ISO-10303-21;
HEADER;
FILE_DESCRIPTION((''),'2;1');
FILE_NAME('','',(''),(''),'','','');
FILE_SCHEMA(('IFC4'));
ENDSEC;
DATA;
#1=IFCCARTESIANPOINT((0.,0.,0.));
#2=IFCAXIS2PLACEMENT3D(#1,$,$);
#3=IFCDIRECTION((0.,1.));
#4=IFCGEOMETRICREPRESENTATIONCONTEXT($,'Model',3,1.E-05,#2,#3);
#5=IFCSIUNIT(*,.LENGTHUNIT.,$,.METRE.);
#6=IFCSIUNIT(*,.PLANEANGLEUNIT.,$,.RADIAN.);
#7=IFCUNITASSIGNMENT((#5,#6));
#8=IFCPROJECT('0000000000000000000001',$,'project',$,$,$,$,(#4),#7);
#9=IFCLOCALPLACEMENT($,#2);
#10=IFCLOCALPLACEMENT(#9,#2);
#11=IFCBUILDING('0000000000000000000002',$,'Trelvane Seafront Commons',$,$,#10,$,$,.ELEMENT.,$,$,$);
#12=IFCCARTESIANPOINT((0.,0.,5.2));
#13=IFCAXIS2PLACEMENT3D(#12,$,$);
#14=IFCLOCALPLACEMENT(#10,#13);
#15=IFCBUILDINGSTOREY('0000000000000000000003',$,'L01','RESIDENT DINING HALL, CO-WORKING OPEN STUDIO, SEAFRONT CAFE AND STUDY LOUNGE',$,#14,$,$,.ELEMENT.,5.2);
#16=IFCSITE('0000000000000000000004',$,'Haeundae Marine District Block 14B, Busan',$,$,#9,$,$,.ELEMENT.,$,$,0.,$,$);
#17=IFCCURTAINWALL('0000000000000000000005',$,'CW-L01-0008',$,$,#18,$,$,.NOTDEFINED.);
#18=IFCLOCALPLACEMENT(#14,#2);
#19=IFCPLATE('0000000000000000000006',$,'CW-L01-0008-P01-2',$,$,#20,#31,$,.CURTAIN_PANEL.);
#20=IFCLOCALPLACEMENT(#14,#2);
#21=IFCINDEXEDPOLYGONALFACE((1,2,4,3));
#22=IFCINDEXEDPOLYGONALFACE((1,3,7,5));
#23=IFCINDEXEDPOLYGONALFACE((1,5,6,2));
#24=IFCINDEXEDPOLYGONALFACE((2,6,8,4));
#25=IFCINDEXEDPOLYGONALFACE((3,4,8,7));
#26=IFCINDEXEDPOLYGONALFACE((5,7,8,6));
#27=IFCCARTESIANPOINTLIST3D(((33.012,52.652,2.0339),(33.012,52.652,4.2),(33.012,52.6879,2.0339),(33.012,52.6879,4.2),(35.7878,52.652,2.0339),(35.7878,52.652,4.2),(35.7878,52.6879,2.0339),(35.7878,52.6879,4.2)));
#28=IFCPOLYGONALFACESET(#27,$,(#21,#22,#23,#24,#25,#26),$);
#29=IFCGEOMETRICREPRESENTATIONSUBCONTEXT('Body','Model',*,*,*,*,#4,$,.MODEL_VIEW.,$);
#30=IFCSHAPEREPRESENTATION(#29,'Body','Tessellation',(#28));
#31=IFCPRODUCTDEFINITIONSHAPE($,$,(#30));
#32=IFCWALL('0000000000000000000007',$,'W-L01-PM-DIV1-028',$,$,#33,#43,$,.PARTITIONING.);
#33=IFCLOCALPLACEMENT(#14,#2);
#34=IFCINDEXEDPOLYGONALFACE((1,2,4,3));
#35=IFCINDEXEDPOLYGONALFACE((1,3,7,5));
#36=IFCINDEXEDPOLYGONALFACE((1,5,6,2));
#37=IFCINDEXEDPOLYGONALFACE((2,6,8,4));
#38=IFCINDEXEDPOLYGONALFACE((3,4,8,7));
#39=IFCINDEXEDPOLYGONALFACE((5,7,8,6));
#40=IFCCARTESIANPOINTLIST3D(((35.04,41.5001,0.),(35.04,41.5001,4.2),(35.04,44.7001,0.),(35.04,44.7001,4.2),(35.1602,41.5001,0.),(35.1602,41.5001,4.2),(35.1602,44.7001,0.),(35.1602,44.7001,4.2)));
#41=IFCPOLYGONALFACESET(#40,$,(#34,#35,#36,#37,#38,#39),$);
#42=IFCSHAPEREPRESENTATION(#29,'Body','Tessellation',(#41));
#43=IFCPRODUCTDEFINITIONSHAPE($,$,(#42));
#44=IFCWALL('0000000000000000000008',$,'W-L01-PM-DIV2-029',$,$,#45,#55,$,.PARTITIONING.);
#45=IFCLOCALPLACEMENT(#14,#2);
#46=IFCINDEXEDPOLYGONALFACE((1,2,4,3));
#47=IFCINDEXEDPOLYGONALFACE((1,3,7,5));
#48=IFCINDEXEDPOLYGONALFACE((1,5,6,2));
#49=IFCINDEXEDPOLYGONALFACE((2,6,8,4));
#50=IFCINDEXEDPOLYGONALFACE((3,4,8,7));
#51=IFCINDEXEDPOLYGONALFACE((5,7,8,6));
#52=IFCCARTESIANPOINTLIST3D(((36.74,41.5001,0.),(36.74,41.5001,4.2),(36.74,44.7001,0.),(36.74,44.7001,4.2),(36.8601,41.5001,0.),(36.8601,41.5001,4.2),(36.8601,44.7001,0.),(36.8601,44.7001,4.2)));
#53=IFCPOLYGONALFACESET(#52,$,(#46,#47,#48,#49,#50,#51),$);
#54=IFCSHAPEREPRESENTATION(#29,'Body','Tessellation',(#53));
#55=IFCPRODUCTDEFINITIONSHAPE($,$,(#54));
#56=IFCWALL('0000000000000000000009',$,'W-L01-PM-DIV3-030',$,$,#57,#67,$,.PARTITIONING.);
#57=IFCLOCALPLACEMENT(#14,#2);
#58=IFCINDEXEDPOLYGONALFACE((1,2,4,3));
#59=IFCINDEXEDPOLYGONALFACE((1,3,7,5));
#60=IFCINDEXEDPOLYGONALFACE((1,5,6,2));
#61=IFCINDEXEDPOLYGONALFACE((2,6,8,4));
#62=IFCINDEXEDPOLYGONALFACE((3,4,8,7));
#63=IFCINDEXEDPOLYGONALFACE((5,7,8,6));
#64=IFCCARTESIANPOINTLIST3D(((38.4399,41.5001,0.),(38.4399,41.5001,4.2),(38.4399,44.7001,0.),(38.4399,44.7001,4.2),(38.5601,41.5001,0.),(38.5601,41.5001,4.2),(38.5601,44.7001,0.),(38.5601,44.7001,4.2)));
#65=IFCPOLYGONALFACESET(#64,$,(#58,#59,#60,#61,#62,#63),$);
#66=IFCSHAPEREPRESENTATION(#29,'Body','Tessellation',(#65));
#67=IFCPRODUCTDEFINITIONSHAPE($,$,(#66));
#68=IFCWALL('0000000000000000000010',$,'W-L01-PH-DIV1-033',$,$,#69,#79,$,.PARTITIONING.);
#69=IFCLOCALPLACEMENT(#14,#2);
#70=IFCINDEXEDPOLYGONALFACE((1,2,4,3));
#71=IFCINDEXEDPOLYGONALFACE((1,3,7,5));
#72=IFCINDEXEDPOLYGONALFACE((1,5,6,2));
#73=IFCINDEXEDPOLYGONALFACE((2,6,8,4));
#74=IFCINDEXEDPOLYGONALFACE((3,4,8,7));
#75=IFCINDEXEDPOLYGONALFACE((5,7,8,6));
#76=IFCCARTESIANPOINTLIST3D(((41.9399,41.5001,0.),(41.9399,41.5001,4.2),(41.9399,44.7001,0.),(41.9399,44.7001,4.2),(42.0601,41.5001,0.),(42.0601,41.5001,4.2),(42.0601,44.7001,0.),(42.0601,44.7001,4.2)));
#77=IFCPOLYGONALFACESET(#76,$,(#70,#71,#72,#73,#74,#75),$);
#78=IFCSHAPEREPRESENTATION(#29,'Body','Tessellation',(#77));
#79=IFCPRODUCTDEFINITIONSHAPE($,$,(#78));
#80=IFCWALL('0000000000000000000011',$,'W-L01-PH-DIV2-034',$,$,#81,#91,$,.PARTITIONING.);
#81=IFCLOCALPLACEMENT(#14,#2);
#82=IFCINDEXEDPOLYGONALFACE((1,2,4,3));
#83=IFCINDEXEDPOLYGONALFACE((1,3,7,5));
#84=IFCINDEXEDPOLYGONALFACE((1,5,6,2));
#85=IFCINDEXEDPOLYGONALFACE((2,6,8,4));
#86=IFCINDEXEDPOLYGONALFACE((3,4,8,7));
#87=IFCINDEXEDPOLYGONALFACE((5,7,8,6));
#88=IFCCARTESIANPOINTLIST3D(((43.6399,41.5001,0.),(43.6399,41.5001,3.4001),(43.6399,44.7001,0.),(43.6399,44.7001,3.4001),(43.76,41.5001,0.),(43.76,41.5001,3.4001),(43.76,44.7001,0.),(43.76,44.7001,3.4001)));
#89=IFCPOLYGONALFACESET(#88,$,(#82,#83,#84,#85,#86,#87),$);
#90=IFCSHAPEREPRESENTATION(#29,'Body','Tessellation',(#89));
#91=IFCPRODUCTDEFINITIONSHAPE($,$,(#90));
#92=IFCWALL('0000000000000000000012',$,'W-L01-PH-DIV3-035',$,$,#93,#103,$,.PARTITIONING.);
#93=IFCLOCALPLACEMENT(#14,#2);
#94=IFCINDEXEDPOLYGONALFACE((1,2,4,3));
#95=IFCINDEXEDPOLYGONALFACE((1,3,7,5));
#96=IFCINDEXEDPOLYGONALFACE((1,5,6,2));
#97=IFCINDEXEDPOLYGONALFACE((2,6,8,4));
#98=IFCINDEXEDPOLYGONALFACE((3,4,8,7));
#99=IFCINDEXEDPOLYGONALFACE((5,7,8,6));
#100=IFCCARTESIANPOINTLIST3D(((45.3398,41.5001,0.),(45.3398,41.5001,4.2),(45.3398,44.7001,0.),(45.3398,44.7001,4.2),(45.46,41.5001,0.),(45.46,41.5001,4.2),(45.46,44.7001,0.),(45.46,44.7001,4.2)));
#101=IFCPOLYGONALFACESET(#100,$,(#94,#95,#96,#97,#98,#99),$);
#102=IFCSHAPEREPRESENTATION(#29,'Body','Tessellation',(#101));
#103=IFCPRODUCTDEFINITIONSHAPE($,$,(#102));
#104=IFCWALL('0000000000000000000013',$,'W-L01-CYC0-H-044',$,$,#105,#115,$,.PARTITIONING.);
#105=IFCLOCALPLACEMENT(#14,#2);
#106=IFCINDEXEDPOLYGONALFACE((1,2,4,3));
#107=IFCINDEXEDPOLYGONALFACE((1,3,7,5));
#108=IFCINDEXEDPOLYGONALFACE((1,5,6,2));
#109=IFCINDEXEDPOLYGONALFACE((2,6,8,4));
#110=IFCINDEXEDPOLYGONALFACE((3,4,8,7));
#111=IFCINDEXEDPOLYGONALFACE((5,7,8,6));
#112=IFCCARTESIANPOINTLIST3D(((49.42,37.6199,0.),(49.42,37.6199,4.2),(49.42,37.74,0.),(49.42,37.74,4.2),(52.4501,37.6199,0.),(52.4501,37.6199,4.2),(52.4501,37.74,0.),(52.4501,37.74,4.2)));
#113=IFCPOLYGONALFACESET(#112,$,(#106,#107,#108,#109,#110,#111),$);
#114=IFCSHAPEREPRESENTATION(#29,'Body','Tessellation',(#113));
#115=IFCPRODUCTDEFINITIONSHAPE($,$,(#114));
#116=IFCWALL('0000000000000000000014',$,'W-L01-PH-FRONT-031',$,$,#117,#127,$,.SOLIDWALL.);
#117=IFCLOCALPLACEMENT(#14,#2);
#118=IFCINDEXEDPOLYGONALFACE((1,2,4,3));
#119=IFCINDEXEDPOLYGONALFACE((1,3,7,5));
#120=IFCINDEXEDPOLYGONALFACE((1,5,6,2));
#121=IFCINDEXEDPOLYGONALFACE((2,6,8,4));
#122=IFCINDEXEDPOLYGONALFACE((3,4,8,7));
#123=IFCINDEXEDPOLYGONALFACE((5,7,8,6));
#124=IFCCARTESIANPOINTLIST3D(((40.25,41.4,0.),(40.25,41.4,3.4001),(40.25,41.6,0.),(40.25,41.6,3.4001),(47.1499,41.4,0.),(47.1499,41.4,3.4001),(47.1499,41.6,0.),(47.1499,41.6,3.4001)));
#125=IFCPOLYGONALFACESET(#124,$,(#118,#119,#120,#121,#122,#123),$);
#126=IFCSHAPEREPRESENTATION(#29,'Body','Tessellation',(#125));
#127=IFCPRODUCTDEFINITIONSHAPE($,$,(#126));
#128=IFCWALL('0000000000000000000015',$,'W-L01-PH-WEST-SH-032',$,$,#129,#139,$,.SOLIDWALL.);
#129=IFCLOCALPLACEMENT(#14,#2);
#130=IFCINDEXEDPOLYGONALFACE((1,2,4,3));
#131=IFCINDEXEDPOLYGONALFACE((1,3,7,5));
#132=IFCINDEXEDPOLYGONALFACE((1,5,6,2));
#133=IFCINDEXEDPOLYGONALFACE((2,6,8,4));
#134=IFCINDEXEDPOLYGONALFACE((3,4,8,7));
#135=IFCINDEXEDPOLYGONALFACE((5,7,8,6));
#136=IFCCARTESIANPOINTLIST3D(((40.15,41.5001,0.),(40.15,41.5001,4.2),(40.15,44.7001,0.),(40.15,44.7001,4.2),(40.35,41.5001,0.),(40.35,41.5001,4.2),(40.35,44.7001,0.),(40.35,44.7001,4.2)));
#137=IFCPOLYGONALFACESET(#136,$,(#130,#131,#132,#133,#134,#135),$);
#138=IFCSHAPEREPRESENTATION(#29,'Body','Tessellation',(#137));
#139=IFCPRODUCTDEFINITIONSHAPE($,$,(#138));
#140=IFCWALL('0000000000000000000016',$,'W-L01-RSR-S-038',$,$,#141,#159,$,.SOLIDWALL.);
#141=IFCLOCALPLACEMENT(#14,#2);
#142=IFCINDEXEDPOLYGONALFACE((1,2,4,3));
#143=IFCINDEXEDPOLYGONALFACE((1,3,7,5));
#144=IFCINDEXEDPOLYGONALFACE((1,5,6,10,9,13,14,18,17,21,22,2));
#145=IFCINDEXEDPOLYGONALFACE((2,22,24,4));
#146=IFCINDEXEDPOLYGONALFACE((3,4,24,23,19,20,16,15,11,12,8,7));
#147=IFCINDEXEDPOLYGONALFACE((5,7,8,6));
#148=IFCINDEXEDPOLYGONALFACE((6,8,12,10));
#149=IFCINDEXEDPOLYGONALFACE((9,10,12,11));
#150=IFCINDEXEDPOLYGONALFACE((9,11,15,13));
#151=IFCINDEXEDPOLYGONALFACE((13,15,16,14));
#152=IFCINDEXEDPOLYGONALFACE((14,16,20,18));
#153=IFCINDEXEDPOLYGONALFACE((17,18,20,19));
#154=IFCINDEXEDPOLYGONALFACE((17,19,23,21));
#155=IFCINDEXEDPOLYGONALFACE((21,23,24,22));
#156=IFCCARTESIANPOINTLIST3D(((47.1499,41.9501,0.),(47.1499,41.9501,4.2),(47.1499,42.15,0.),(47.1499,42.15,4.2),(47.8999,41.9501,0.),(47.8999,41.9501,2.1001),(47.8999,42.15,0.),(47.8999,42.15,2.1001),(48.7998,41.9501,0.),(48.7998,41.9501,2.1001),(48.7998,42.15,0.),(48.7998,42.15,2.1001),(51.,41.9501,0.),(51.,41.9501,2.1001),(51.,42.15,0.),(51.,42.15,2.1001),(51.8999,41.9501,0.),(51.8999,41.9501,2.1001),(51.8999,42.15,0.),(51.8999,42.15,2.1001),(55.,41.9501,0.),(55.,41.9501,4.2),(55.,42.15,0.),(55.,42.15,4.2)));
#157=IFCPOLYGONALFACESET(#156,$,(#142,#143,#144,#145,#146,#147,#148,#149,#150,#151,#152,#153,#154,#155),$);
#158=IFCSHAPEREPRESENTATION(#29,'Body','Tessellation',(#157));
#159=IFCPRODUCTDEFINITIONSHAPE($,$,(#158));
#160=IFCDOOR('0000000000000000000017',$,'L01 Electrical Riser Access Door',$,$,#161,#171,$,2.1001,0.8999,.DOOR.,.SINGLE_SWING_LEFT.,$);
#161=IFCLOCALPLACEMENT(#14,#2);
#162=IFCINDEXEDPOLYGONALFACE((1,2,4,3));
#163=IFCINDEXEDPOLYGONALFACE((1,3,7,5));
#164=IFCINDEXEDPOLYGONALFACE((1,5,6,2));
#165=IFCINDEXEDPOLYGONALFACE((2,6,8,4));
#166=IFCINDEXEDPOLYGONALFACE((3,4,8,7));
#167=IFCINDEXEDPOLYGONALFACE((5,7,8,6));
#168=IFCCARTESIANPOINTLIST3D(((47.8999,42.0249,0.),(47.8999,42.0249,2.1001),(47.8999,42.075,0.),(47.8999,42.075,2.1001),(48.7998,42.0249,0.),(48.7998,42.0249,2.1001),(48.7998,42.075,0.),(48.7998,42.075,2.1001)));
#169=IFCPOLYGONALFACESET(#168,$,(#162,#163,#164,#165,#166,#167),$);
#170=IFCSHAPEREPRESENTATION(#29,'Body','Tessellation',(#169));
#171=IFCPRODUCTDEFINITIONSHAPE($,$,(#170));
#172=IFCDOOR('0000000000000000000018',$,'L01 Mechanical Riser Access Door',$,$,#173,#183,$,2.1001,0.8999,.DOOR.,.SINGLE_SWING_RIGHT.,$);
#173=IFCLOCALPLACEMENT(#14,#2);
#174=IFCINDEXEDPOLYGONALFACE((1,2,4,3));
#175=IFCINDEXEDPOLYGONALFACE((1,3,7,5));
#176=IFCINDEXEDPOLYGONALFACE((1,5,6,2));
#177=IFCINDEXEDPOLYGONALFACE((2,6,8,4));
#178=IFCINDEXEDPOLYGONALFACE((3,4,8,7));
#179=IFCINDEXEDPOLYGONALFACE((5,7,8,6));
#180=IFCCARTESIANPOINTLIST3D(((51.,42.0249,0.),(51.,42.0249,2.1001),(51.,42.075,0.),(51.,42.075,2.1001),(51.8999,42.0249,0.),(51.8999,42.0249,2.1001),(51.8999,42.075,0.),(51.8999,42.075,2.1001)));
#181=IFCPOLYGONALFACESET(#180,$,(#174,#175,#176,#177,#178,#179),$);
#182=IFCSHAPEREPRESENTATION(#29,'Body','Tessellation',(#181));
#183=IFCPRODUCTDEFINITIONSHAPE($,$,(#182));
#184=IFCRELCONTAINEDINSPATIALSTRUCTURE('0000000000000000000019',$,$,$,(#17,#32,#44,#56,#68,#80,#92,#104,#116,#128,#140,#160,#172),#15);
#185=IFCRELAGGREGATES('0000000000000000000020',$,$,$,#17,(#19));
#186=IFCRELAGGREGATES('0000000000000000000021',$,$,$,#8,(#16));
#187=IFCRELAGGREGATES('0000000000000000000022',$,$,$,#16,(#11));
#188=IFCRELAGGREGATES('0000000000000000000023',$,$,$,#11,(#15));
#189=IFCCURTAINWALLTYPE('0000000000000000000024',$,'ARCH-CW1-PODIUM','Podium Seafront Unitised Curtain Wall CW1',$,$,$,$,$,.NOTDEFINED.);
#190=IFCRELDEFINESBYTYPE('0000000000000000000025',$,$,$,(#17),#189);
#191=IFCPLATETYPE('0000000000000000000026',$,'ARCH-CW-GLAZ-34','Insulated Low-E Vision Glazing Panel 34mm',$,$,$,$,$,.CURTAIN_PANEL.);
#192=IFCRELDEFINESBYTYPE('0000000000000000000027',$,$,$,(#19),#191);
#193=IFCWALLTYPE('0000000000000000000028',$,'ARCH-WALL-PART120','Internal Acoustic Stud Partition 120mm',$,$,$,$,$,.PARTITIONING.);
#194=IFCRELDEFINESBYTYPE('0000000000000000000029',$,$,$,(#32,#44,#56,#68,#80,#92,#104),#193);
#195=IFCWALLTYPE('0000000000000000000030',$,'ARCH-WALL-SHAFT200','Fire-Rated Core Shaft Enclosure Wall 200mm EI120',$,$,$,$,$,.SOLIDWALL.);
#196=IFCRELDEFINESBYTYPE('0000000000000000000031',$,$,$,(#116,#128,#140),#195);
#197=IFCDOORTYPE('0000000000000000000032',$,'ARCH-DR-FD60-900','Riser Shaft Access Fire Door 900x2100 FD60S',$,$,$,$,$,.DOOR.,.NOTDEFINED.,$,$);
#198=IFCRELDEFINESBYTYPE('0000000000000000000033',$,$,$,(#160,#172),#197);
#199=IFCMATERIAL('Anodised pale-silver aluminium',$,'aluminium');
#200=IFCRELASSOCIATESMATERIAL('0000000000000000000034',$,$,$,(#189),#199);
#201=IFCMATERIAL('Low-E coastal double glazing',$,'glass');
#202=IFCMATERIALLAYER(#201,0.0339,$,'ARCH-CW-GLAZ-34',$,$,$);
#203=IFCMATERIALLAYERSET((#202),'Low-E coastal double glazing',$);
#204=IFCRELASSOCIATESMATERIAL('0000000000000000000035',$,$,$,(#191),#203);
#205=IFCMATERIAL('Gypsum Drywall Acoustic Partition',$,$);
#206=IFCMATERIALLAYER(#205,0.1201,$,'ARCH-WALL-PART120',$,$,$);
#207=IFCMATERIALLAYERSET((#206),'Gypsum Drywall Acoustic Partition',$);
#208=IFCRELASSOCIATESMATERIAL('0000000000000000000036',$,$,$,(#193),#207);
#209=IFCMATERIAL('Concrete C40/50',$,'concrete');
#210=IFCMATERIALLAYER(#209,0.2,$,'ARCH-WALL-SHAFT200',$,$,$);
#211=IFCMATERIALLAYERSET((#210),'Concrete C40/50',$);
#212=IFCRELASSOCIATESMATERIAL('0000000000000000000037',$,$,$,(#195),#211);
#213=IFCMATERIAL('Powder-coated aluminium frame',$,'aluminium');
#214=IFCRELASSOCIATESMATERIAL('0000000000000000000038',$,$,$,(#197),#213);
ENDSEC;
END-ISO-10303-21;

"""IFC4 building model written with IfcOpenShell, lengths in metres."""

from ifc_helpers import new_model, si_unit, direction, frame, frame_2d, origin, origin_2d, place, context, subcontext, project, spatial, rectangle, extrude, source, transform, mapped, material, layer, layer_set, type_object, element, fill, aggregate, save


model = new_model("IFC4")

# Units and contexts
model_context = context("Model", 3, precision=1e-05, world=origin(), true_north=direction((0.0, 1.0)))
body_context = subcontext(model_context, "Body", "Model", "MODEL_VIEW")
ifc_project = project(units=[si_unit("LENGTHUNIT", "METRE"), si_unit("PLANEANGLEUNIT", "RADIAN")], contexts=[model_context])

# Site, building, storey
site_placement = place(None, origin())
site = spatial("IfcSite", under=ifc_project, at=site_placement, Name="Haeundae Marine District Block 14B, Busan", CompositionType="ELEMENT", RefElevation=0.0)
building_placement = place(site_placement, origin())
building = spatial("IfcBuilding", under=site, at=building_placement, Name="Trelvane Seafront Commons", CompositionType="ELEMENT")
storey_placement = place(building_placement, frame((0.0, 0.0, 5.2)))
storey = spatial("IfcBuildingStorey", under=building, at=storey_placement, Name="L01", Description="RESIDENT DINING HALL, CO-WORKING OPEN STUDIO, SEAFRONT CAFE AND STUDY LOUNGE", CompositionType="ELEMENT", Elevation=5.2)

# Curtain wall, plate
ifc_material_1 = material(Name="Anodised pale-silver aluminium", Category="aluminium")
curtain_wall_type = type_object("IfcCurtainWallType", Name="ARCH-CW1-PODIUM", Description="Podium Seafront Unitised Curtain Wall CW1", PredefinedType="NOTDEFINED", material=ifc_material_1)
curtain_wall_placement = place(storey_placement, origin())
curtain_wall = element("IfcCurtainWall", 1, at=curtain_wall_placement, inside=storey, type_object=curtain_wall_type, Name="CW-L01-0008", PredefinedType="NOTDEFINED")
ifc_material_2 = material(Name="Low-E coastal double glazing", Category="glass")
ifc_layer_1 = layer(ifc_material_2, 0.0339, Name="ARCH-CW-GLAZ-34")
ifc_layer_set_1 = layer_set([ifc_layer_1], Name="Low-E coastal double glazing")
plate_type = type_object("IfcPlateType", Name="ARCH-CW-GLAZ-34", Description="Insulated Low-E Vision Glazing Panel 34mm", PredefinedType="CURTAIN_PANEL", material=ifc_layer_set_1)
shared_shape_1 = source(origin(), body_context, "Body", "SweptSolid", [
    extrude(rectangle(XDim=2.7759, YDim=0.0359, at=origin_2d()), origin(), (0.0, 0.0, 1.0), 2.166),
])
plate_1_placement = place(storey_placement, frame((34.3999, 52.6699, 2.0339), z_axis=(0.0, 0.0, 1.0), x_axis=(1.0, 0.0, 0.0)))
plate_1 = element("IfcPlate", 2, at=plate_1_placement, type_object=plate_type, Name="CW-L01-0008-P01-2", PredefinedType="CURTAIN_PANEL", context=body_context, shape_type="MappedRepresentation", body=[
    mapped(shared_shape_1, transform((0.0, 0.0, 0.0), x_axis=(1.0, 0.0, 0.0), y_axis=(0.0, 1.0, 0.0), z_axis=(0.0, 0.0, 1.0), scale=1.0)),
])
aggregate(curtain_wall, [plate_1])

# Walls
ifc_material_3 = material(Name="Gypsum Drywall Acoustic Partition")
ifc_layer_2 = layer(ifc_material_3, 0.1201, Name="ARCH-WALL-PART120")
ifc_layer_set_2 = layer_set([ifc_layer_2], Name="Gypsum Drywall Acoustic Partition")
wall_type_1 = type_object("IfcWallType", Name="ARCH-WALL-PART120", Description="Internal Acoustic Stud Partition 120mm", PredefinedType="PARTITIONING", material=ifc_layer_set_2)
for number, where, z_axis, x_axis, name in (
    (3, (35.1001, 41.5, 0.0), (0.0, 0.0, 1.0), (0.0, 1.0, 0.0), "W-L01-PM-DIV1-028"),
    (4, (36.8, 41.5, 0.0), (0.0, 0.0, 1.0), (0.0, 1.0, 0.0), "W-L01-PM-DIV2-029"),
    (5, (38.5, 41.5, 0.0), (0.0, 0.0, 1.0), (0.0, 1.0, 0.0), "W-L01-PM-DIV3-030"),
    (6, (42.0, 41.5, 0.0), (0.0, 0.0, 1.0), (0.0, 1.0, 0.0), "W-L01-PH-DIV1-033"),
):
    element("IfcWall", number, at=place(storey_placement, frame(where, z_axis=z_axis, x_axis=x_axis)), inside=storey, type_object=wall_type_1, Name=name, PredefinedType="PARTITIONING", context=body_context, shape_type="SweptSolid", body=[
        extrude(rectangle(XDim=3.2, YDim=0.1201, at=frame_2d((1.6001, 0.0))), origin(), (0.0, 0.0, 1.0), 4.2),
    ])
wall_1_placement = place(storey_placement, frame((43.7, 41.5, 0.0), z_axis=(0.0, 0.0, 1.0), x_axis=(0.0, 1.0, 0.0)))
element("IfcWall", 7, at=wall_1_placement, inside=storey, type_object=wall_type_1, Name="W-L01-PH-DIV2-034", PredefinedType="PARTITIONING", context=body_context, shape_type="SweptSolid", body=[
    extrude(rectangle(XDim=3.2, YDim=0.1201, at=frame_2d((1.6001, 0.0))), origin(), (0.0, 0.0, 1.0), 3.4001),
])
wall_2_placement = place(storey_placement, frame((45.3999, 41.5, 0.0), z_axis=(0.0, 0.0, 1.0), x_axis=(0.0, 1.0, 0.0)))
element("IfcWall", 8, at=wall_2_placement, inside=storey, type_object=wall_type_1, Name="W-L01-PH-DIV3-035", PredefinedType="PARTITIONING", context=body_context, shape_type="SweptSolid", body=[
    extrude(rectangle(XDim=3.2, YDim=0.1201, at=frame_2d((1.6001, 0.0))), origin(), (0.0, 0.0, 1.0), 4.2),
])
wall_3_placement = place(storey_placement, frame((49.4199, 37.6799, 0.0), z_axis=(0.0, 0.0, 1.0), x_axis=(1.0, 0.0, 0.0)))
element("IfcWall", 9, at=wall_3_placement, inside=storey, type_object=wall_type_1, Name="W-L01-CYC0-H-044", PredefinedType="PARTITIONING", context=body_context, shape_type="SweptSolid", body=[
    extrude(rectangle(XDim=3.03, YDim=0.1201, at=frame_2d((1.5151, 0.0))), origin(), (0.0, 0.0, 1.0), 4.2),
])
ifc_material_4 = material(Name="Concrete C40/50", Category="concrete")
ifc_layer_3 = layer(ifc_material_4, 0.2, Name="ARCH-WALL-SHAFT200")
ifc_layer_set_3 = layer_set([ifc_layer_3], Name="Concrete C40/50")
wall_type_2 = type_object("IfcWallType", Name="ARCH-WALL-SHAFT200", Description="Fire-Rated Core Shaft Enclosure Wall 200mm EI120", PredefinedType="SOLIDWALL", material=ifc_layer_set_3)
wall_4_placement = place(storey_placement, frame((40.25, 41.5, 0.0), z_axis=(0.0, 0.0, 1.0), x_axis=(1.0, 0.0, 0.0)))
element("IfcWall", 10, at=wall_4_placement, inside=storey, type_object=wall_type_2, Name="W-L01-PH-FRONT-031", PredefinedType="SOLIDWALL", context=body_context, shape_type="SweptSolid", body=[
    extrude(rectangle(XDim=6.8999, YDim=0.2, at=frame_2d((3.45, 0.0))), origin(), (0.0, 0.0, 1.0), 3.4001),
])
wall_5_placement = place(storey_placement, frame((40.25, 41.5, 0.0), z_axis=(0.0, 0.0, 1.0), x_axis=(0.0, 1.0, 0.0)))
element("IfcWall", 11, at=wall_5_placement, inside=storey, type_object=wall_type_2, Name="W-L01-PH-WEST-SH-032", PredefinedType="SOLIDWALL", context=body_context, shape_type="SweptSolid", body=[
    extrude(rectangle(XDim=3.2, YDim=0.2, at=frame_2d((1.6001, 0.0))), origin(), (0.0, 0.0, 1.0), 4.2),
])

# Wall, openings, doors
wall_6_placement = place(storey_placement, frame((47.1499, 42.05, 0.0), z_axis=(0.0, 0.0, 1.0), x_axis=(1.0, 0.0, 0.0)))
wall_6 = element("IfcWall", 12, at=wall_6_placement, inside=storey, type_object=wall_type_2, Name="W-L01-RSR-S-038", PredefinedType="SOLIDWALL", context=body_context, shape_type="SweptSolid", body=[
    extrude(rectangle(XDim=7.8501, YDim=0.2, at=frame_2d((3.925, 0.0))), origin(), (0.0, 0.0, 1.0), 4.2),
])
opening_1_placement = place(wall_6_placement, frame((0.75, 0.0, 0.0)))
opening_1 = element("IfcOpeningElement", 13, at=opening_1_placement, cuts=wall_6, PredefinedType="OPENING", context=body_context, shape_type="SweptSolid", body=[
    extrude(rectangle(XDim=0.8999, YDim=2.1001, at=frame_2d((0.45, 1.05))), frame((0.0, 0.1099, 0.0), z_axis=(0.0, -1.0, 0.0), x_axis=(1.0, 0.0, 0.0)), (0.0, 0.0, 1.0), 0.22),
])
opening_2_placement = place(wall_6_placement, frame((3.8501, 0.0, 0.0)))
opening_2 = element("IfcOpeningElement", 14, at=opening_2_placement, cuts=wall_6, PredefinedType="OPENING", context=body_context, shape_type="SweptSolid", body=[
    extrude(rectangle(XDim=0.8999, YDim=2.1001, at=frame_2d((0.45, 1.05))), frame((0.0, 0.1099, 0.0), z_axis=(0.0, -1.0, 0.0), x_axis=(1.0, 0.0, 0.0)), (0.0, 0.0, 1.0), 0.22),
])
ifc_material_5 = material(Name="Powder-coated aluminium frame", Category="aluminium")
door_type = type_object("IfcDoorType", Name="ARCH-DR-FD60-900", Description="Riser Shaft Access Fire Door 900x2100 FD60S", OperationType="NOTDEFINED", PredefinedType="DOOR", material=ifc_material_5)
shared_shape_2 = source(origin(), body_context, "Body", "SweptSolid", [
    extrude(rectangle(XDim=0.8999, YDim=2.1001, at=frame_2d((0.45, 1.05))), frame((0.0, 0.0249, 0.0), z_axis=(0.0, -1.0, 0.0), x_axis=(1.0, 0.0, 0.0)), (0.0, 0.0, 1.0), 0.05),
])
door_1_placement = place(opening_1_placement, origin())
door_1 = element("IfcDoor", 15, at=door_1_placement, inside=storey, type_object=door_type, Name="L01 Electrical Riser Access Door", OperationType="SINGLE_SWING_LEFT", OverallHeight=2.1001, OverallWidth=0.8999, PredefinedType="DOOR", context=body_context, shape_type="MappedRepresentation", body=[
    mapped(shared_shape_2, transform((0.0, 0.0, 0.0), x_axis=(1.0, 0.0, 0.0), y_axis=(0.0, 1.0, 0.0), z_axis=(0.0, 0.0, 1.0), scale=1.0)),
])
fill(opening_1, door_1)
door_2_placement = place(opening_2_placement, origin())
door_2 = element("IfcDoor", 16, at=door_2_placement, inside=storey, type_object=door_type, Name="L01 Mechanical Riser Access Door", OperationType="SINGLE_SWING_RIGHT", OverallHeight=2.1001, OverallWidth=0.8999, PredefinedType="DOOR", context=body_context, shape_type="MappedRepresentation", body=[
    mapped(shared_shape_2, transform((0.0, 0.0, 0.0), x_axis=(1.0, 0.0, 0.0), y_axis=(0.0, 1.0, 0.0), z_axis=(0.0, 0.0, 1.0), scale=1.0)),
])
fill(opening_2, door_2)

save(model, "model.ifc")
